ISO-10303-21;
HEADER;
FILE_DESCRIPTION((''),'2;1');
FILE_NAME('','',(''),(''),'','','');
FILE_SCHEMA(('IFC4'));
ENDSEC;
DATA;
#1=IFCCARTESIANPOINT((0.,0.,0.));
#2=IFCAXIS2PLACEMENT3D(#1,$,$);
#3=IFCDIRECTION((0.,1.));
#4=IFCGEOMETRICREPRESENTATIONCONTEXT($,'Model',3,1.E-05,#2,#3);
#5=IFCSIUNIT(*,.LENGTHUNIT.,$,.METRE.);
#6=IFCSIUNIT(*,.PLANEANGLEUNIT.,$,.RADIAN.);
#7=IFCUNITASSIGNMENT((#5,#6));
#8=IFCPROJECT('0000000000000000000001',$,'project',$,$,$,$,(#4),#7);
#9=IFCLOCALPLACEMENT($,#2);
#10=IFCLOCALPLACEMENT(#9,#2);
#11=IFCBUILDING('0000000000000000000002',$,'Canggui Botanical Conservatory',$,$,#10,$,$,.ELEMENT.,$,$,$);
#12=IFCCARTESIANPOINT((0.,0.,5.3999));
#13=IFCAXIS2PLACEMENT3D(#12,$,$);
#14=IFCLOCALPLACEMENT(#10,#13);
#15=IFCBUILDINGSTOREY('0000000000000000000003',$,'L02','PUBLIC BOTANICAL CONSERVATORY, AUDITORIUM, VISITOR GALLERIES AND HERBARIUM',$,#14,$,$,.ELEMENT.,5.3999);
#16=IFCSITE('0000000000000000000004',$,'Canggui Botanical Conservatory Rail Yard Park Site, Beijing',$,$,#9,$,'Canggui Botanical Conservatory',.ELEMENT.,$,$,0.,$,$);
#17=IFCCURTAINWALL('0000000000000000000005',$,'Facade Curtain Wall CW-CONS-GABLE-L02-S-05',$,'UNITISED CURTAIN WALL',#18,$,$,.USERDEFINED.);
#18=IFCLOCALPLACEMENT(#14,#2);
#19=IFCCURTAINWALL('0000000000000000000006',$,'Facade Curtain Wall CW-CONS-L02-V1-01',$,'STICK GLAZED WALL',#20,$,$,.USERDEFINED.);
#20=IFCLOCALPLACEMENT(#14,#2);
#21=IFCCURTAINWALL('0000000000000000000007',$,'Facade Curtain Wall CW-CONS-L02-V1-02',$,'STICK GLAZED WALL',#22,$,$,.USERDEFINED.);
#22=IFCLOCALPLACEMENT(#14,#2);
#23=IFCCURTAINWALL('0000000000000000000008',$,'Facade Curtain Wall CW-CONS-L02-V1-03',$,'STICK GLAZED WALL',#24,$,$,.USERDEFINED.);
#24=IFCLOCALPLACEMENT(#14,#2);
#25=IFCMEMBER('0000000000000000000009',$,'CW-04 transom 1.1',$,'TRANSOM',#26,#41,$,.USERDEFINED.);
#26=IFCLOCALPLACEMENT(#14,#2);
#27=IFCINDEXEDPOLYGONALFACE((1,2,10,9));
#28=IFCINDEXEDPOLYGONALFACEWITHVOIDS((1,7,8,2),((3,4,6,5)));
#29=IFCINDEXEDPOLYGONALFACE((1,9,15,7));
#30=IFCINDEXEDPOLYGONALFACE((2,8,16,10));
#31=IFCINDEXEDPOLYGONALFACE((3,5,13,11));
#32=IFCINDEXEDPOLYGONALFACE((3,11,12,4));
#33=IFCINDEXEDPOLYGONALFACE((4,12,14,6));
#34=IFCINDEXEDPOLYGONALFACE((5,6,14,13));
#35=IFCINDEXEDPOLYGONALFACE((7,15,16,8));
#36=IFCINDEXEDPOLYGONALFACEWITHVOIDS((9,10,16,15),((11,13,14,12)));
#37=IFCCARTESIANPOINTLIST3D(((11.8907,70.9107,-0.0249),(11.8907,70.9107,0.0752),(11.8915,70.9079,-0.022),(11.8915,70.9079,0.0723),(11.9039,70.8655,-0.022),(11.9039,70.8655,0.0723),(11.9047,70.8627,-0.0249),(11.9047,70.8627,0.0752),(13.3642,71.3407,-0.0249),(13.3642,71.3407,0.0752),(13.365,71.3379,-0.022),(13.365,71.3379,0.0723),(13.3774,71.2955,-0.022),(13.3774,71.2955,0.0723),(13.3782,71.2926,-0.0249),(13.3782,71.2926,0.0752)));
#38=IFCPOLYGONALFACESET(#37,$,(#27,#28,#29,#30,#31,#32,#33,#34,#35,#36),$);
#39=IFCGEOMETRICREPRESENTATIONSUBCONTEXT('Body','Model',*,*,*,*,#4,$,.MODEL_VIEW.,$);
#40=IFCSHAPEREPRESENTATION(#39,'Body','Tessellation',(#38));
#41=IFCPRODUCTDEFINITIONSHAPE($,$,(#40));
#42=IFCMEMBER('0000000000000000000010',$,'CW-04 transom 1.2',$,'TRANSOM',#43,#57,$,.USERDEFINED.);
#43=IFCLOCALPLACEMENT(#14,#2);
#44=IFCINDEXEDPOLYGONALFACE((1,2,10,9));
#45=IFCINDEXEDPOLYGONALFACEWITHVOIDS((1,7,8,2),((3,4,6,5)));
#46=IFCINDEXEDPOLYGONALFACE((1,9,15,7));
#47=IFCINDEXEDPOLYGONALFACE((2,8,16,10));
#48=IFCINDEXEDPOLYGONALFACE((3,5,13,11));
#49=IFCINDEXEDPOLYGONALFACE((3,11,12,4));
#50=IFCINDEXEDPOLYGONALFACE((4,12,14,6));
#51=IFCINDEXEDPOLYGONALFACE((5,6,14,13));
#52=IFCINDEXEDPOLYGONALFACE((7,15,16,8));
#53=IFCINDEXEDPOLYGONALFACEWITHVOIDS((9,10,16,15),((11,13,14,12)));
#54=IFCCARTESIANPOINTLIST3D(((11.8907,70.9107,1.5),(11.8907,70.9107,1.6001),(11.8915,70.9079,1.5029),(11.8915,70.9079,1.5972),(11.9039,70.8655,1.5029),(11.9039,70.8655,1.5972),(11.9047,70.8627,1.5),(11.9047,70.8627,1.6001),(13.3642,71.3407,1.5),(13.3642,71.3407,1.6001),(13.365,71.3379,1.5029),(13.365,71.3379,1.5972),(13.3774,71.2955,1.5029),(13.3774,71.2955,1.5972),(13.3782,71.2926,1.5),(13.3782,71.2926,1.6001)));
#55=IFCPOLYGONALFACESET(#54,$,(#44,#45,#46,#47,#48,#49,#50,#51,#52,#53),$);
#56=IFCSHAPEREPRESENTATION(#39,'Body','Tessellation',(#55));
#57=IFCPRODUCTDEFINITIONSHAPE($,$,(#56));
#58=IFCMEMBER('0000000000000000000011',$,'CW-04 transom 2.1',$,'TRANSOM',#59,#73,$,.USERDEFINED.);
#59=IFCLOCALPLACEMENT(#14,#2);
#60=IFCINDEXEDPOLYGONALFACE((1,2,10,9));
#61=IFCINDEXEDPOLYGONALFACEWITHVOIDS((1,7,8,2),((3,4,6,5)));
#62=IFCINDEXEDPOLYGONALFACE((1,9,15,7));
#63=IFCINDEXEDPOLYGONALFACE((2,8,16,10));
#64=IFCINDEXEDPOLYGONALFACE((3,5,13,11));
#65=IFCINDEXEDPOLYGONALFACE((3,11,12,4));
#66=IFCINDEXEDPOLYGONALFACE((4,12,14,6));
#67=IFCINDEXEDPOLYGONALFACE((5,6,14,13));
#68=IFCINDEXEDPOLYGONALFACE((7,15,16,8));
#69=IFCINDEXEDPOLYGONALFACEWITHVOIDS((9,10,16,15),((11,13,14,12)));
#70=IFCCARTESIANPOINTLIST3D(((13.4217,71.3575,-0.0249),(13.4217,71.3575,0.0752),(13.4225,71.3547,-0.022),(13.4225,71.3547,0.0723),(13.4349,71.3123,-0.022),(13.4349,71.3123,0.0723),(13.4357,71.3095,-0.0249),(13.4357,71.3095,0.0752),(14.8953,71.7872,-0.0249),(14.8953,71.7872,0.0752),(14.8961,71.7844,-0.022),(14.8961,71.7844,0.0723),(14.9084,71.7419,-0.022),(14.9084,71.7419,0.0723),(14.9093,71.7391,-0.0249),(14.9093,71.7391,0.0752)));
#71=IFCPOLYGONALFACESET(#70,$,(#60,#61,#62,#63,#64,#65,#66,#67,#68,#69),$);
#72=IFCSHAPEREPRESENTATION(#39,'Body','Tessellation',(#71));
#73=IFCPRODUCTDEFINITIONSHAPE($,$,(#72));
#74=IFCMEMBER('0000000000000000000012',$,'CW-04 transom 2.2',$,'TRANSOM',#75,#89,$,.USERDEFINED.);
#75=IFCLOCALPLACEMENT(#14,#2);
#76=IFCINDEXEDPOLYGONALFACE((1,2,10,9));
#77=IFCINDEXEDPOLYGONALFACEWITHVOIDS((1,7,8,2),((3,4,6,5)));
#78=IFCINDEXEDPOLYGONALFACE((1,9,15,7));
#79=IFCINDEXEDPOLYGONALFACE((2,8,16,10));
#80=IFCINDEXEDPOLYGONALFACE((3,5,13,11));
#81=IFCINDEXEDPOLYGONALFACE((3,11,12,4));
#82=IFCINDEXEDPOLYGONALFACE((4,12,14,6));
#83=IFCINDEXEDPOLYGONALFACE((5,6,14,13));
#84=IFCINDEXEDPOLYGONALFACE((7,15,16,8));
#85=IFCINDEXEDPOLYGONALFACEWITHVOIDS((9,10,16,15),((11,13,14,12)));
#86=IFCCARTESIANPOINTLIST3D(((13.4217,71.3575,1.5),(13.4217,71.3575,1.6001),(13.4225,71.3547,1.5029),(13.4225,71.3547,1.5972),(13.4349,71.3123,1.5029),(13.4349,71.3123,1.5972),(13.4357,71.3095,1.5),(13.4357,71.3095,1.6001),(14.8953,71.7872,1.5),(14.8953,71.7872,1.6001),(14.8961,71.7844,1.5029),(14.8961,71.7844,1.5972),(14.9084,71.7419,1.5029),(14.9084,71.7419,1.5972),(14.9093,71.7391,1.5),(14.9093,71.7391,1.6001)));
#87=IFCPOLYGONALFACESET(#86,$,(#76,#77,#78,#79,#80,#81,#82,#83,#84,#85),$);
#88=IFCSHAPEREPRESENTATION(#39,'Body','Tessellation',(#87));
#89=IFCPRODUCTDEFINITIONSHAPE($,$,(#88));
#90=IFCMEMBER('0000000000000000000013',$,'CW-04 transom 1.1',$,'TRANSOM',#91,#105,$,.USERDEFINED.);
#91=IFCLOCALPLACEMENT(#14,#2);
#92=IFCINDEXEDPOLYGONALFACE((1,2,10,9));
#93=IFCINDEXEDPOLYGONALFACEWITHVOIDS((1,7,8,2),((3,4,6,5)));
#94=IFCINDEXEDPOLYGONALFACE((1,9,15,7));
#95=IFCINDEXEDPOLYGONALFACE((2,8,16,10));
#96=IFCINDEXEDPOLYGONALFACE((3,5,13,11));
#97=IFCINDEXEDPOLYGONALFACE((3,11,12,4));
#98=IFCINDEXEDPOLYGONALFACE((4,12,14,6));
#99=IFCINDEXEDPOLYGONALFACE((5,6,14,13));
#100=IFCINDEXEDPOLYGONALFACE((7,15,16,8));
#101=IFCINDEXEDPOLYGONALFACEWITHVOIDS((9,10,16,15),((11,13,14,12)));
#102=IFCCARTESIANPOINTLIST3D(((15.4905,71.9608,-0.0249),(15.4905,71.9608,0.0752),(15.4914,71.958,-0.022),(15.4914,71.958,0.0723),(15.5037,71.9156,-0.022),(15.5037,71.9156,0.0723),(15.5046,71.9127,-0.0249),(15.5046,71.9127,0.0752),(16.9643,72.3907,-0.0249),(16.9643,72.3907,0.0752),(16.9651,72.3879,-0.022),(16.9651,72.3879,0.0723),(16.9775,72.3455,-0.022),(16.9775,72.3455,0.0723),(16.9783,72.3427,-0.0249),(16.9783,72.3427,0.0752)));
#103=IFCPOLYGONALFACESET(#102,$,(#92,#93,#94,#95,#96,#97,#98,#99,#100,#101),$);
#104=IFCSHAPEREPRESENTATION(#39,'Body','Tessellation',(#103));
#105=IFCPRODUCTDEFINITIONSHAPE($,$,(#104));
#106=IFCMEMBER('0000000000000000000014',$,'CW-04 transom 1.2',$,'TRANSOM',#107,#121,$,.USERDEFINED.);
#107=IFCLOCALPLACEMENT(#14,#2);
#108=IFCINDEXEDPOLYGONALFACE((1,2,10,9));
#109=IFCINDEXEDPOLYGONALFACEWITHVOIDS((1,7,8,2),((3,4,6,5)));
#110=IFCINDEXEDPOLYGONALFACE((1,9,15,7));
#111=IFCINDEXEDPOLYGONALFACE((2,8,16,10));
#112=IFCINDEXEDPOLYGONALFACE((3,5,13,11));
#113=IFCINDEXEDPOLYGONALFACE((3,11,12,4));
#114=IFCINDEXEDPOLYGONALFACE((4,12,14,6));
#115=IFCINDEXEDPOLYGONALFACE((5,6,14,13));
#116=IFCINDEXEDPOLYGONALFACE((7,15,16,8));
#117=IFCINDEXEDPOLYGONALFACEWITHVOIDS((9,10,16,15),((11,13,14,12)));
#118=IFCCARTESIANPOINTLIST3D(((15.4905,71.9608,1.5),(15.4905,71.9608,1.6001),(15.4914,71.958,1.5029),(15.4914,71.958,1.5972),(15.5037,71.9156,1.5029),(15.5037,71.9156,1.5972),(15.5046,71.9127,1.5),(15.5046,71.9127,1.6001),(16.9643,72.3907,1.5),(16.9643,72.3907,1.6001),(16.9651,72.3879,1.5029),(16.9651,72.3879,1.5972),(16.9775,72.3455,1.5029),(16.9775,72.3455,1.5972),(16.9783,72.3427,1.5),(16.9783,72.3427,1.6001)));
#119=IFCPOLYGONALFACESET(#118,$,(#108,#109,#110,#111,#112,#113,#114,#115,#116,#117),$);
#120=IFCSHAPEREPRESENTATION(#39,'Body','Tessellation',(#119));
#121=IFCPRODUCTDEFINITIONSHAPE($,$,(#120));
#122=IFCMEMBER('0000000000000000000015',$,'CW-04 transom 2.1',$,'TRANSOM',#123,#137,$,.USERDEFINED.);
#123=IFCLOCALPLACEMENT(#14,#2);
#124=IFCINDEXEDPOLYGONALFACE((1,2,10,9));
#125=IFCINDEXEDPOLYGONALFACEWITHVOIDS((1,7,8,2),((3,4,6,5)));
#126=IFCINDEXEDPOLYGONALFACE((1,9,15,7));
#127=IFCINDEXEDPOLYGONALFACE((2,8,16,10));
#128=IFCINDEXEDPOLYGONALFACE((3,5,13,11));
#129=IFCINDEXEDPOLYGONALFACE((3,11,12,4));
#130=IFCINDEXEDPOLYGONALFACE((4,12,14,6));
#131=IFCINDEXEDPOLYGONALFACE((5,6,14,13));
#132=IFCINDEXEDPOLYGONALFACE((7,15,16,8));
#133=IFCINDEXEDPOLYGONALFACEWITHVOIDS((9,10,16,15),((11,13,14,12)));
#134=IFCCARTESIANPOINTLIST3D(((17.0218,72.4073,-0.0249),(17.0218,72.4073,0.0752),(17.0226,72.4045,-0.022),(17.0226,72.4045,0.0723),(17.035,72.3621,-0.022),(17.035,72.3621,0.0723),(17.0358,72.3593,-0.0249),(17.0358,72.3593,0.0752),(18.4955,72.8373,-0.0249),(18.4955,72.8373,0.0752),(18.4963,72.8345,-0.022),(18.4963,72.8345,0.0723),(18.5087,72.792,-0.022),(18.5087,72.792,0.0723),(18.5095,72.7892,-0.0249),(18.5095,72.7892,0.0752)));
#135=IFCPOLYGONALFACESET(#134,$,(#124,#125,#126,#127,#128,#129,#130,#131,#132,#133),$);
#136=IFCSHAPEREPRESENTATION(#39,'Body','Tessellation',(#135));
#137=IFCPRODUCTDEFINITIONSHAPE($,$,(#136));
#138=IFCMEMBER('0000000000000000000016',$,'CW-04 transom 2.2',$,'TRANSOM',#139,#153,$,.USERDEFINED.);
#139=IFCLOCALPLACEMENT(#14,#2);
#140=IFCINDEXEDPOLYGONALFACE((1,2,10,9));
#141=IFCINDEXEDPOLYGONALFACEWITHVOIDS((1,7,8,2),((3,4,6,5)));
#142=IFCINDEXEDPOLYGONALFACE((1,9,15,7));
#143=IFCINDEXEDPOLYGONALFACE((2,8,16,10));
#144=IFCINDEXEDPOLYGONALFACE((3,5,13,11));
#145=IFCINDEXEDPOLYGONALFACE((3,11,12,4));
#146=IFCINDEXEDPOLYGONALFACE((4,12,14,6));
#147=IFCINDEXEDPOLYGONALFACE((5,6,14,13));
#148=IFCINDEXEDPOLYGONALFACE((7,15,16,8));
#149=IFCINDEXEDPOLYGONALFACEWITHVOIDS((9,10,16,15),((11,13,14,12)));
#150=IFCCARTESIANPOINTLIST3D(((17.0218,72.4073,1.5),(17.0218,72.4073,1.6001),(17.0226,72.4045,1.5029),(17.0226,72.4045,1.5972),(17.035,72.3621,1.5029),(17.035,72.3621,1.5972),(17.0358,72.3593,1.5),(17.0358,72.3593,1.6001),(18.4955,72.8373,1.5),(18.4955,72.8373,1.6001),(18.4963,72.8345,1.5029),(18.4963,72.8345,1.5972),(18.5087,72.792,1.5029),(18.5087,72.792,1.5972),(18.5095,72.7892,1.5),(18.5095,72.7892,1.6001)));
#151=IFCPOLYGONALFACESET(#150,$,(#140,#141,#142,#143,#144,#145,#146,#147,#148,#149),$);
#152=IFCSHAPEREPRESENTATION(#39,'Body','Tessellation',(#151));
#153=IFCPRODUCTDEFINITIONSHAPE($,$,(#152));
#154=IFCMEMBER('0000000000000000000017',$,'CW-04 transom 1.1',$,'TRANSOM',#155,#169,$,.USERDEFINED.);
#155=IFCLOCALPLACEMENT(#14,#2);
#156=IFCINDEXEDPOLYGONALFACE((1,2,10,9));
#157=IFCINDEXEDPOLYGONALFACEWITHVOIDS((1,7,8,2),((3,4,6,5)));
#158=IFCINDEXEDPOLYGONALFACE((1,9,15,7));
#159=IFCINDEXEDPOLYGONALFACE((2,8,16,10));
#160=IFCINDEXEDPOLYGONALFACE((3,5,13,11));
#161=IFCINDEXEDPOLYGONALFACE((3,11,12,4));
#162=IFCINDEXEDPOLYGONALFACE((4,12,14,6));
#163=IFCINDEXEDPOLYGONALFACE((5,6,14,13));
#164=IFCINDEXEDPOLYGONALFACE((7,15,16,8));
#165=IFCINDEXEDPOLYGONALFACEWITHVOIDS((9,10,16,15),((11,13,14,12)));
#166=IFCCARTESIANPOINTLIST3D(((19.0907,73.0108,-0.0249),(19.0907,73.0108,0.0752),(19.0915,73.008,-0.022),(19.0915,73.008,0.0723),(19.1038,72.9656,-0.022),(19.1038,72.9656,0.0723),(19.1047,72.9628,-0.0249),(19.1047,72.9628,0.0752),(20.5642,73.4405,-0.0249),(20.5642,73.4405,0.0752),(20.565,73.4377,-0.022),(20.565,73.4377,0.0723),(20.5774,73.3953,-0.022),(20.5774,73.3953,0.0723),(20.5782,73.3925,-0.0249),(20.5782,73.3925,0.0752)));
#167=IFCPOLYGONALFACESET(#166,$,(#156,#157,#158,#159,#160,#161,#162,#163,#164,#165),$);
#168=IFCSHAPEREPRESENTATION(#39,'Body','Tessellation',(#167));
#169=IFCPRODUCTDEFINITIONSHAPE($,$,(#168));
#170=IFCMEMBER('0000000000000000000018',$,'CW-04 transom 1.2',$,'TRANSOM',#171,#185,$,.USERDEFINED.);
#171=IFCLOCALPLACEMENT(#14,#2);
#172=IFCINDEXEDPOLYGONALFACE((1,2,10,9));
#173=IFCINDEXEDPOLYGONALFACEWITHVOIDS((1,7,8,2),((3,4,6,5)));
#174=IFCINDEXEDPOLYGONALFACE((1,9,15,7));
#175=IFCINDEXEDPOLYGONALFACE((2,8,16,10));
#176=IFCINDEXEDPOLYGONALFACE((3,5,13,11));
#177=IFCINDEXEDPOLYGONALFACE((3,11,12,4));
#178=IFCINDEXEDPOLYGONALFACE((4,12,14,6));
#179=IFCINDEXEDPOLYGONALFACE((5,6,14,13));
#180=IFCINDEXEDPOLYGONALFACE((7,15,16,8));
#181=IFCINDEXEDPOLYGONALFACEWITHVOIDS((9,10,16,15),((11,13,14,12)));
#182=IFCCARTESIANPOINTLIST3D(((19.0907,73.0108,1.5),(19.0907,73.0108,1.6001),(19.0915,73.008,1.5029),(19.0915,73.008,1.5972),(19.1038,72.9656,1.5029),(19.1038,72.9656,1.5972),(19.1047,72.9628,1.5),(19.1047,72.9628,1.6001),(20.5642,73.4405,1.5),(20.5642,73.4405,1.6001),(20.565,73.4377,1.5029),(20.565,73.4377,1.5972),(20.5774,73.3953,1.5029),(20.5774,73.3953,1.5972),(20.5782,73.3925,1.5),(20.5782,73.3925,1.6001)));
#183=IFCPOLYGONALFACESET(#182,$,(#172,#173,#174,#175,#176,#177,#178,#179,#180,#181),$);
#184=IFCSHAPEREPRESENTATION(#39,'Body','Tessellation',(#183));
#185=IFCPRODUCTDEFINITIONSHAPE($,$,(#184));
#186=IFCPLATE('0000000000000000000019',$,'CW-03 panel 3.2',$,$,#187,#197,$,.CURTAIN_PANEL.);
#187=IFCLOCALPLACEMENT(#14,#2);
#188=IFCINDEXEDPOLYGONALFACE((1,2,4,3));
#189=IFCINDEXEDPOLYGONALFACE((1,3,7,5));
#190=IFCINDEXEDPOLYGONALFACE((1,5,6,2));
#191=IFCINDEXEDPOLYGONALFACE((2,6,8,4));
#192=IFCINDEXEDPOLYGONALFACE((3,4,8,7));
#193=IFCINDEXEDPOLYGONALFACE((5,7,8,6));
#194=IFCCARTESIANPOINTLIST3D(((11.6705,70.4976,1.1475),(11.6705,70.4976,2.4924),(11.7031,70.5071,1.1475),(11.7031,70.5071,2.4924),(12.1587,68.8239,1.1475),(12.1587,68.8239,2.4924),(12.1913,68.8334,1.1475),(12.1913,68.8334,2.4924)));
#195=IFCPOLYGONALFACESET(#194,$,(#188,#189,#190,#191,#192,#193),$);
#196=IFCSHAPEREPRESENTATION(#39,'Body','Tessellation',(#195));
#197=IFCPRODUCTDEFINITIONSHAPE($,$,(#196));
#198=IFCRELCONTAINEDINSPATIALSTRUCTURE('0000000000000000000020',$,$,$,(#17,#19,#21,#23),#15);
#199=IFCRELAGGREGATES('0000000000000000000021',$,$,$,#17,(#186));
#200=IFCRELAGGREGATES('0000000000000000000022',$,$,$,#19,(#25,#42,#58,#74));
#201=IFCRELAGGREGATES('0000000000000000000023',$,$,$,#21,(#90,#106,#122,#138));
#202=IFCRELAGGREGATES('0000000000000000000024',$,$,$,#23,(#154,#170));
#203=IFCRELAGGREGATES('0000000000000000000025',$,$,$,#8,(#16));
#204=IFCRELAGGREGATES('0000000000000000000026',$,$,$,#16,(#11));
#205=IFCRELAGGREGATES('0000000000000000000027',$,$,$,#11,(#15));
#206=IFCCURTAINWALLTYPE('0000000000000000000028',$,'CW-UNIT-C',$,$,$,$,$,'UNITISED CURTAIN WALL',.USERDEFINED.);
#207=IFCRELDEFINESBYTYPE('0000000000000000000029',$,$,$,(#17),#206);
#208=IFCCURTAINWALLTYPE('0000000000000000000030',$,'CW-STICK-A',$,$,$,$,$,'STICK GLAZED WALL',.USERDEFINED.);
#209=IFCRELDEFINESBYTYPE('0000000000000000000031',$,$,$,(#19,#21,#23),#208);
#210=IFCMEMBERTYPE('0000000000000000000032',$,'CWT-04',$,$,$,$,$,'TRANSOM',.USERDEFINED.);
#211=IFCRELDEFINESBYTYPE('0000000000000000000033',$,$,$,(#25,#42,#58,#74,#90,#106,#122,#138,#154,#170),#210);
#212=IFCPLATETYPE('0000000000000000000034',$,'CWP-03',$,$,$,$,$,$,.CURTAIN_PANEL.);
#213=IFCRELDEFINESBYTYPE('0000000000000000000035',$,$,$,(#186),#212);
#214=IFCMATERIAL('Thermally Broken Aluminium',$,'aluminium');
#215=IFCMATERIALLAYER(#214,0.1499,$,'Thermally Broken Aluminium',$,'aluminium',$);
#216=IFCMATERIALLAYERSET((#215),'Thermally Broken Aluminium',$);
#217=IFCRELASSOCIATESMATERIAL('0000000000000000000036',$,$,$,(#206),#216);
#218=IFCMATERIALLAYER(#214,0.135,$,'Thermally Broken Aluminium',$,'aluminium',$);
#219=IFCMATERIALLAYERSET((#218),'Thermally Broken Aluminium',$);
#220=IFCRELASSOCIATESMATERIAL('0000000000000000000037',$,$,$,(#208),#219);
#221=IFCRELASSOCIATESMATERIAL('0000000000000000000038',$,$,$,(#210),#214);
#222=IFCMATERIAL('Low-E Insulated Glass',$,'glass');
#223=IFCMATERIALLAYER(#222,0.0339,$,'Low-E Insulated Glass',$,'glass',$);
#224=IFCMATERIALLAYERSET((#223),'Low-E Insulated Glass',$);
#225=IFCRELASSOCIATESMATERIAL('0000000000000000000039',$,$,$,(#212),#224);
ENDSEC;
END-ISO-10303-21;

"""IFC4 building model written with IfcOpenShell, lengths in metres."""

from ifc_helpers import new_model, si_unit, direction, frame, origin, origin_2d, place, context, subcontext, project, spatial, rectangle, hollow_rectangle, extrude, material, layer, layer_set, material_profile, profile_set, type_object, element, aggregate, save


model = new_model("IFC4")

# Units and contexts
model_context = context("Model", 3, precision=1e-05, world=origin(), true_north=direction((0.0, 1.0)))
body_context = subcontext(model_context, "Body", "Model", "MODEL_VIEW")
ifc_project = project(units=[si_unit("LENGTHUNIT", "METRE"), si_unit("PLANEANGLEUNIT", "RADIAN")], contexts=[model_context])

# Site, building, storey
site_placement = place(None, origin())
site = spatial("IfcSite", under=ifc_project, at=site_placement, Name="Canggui Botanical Conservatory Rail Yard Park Site, Beijing", LongName="Canggui Botanical Conservatory", CompositionType="ELEMENT", RefElevation=0.0)
building_placement = place(site_placement, origin())
building = spatial("IfcBuilding", under=site, at=building_placement, Name="Canggui Botanical Conservatory", CompositionType="ELEMENT")
storey_placement = place(building_placement, frame((0.0, 0.0, 5.3999)))
storey = spatial("IfcBuildingStorey", under=building, at=storey_placement, Name="L02", Description="PUBLIC BOTANICAL CONSERVATORY, AUDITORIUM, VISITOR GALLERIES AND HERBARIUM", CompositionType="ELEMENT", Elevation=5.3999)

# Curtain wall
ifc_material_1 = material(Name="Thermally Broken Aluminium", Category="aluminium")
ifc_layer_1 = layer(ifc_material_1, 0.1499, Name="Thermally Broken Aluminium", Category="aluminium")
ifc_layer_set_1 = layer_set([ifc_layer_1], Name="Thermally Broken Aluminium")
curtain_wall_type_1 = type_object("IfcCurtainWallType", Name="CW-UNIT-C", ElementType="UNITISED CURTAIN WALL", PredefinedType="USERDEFINED", material=ifc_layer_set_1)
curtain_wall_1_placement = place(storey_placement, origin())
curtain_wall_1 = element("IfcCurtainWall", 1, at=curtain_wall_1_placement, inside=storey, type_object=curtain_wall_type_1, Name="Facade Curtain Wall CW-CONS-GABLE-L02-S-05", ObjectType="UNITISED CURTAIN WALL", PredefinedType="USERDEFINED")

# Curtain walls
ifc_layer_2 = layer(ifc_material_1, 0.135, Name="Thermally Broken Aluminium", Category="aluminium")
ifc_layer_set_2 = layer_set([ifc_layer_2], Name="Thermally Broken Aluminium")
curtain_wall_type_2 = type_object("IfcCurtainWallType", Name="CW-STICK-A", ElementType="STICK GLAZED WALL", PredefinedType="USERDEFINED", material=ifc_layer_set_2)
curtain_wall_2_placement = place(storey_placement, origin())
curtain_wall_2 = element("IfcCurtainWall", 2, at=curtain_wall_2_placement, inside=storey, type_object=curtain_wall_type_2, Name="Facade Curtain Wall CW-CONS-L02-V1-01", ObjectType="STICK GLAZED WALL", PredefinedType="USERDEFINED")
curtain_wall_3_placement = place(storey_placement, origin())
curtain_wall_3 = element("IfcCurtainWall", 3, at=curtain_wall_3_placement, inside=storey, type_object=curtain_wall_type_2, Name="Facade Curtain Wall CW-CONS-L02-V1-02", ObjectType="STICK GLAZED WALL", PredefinedType="USERDEFINED")

# Curtain wall
curtain_wall_4_placement = place(storey_placement, origin())
curtain_wall_4 = element("IfcCurtainWall", 4, at=curtain_wall_4_placement, inside=storey, type_object=curtain_wall_type_2, Name="Facade Curtain Wall CW-CONS-L02-V1-03", ObjectType="STICK GLAZED WALL", PredefinedType="USERDEFINED")

# Members
ifc_material_profile_1 = material_profile(ifc_material_1, hollow_rectangle(XDim=0.05, YDim=0.1001, WallThickness=0.0029, at=origin_2d()), Name="CWT 50x100x3")
ifc_profile_set_1 = profile_set([ifc_material_profile_1], Name="Thermally Broken Aluminium")
member_type_1 = type_object("IfcMemberType", Name="CWT-04", ElementType="TRANSOM", PredefinedType="USERDEFINED", material=ifc_profile_set_1)
member_1_placement = place(storey_placement, frame((11.8977, 70.8867, 0.0251), z_axis=(0.959966, 0.280116, 0.0), x_axis=(-0.280116, 0.959966, 0.0)))
member_1 = element("IfcMember", 5, at=member_1_placement, type_object=member_type_1, Name="CW-04 transom 1.1", ObjectType="TRANSOM", PredefinedType="USERDEFINED", context=body_context, shape_type="SweptSolid", body=[
    extrude(hollow_rectangle(XDim=0.05, YDim=0.1001, WallThickness=0.0029, at=origin_2d()), origin(), (0.0, 0.0, 1.0), 1.5349),
])
member_2_placement = place(storey_placement, frame((11.8977, 70.8867, 1.55), z_axis=(0.959966, 0.280116, 0.0), x_axis=(-0.280116, 0.959966, 0.0)))
member_2 = element("IfcMember", 6, at=member_2_placement, type_object=member_type_1, Name="CW-04 transom 1.2", ObjectType="TRANSOM", PredefinedType="USERDEFINED", context=body_context, shape_type="SweptSolid", body=[
    extrude(hollow_rectangle(XDim=0.05, YDim=0.1001, WallThickness=0.0029, at=origin_2d()), origin(), (0.0, 0.0, 1.0), 1.5349),
])
member_3_placement = place(storey_placement, frame((13.4287, 71.3335, 0.0251), z_axis=(0.960021, 0.279927, 0.0), x_axis=(-0.279927, 0.960021, 0.0)))
member_3 = element("IfcMember", 7, at=member_3_placement, type_object=member_type_1, Name="CW-04 transom 2.1", ObjectType="TRANSOM", PredefinedType="USERDEFINED", context=body_context, shape_type="SweptSolid", body=[
    extrude(hollow_rectangle(XDim=0.05, YDim=0.1001, WallThickness=0.0029, at=origin_2d()), origin(), (0.0, 0.0, 1.0), 1.5349),
])
member_4_placement = place(storey_placement, frame((13.4287, 71.3335, 1.55), z_axis=(0.960021, 0.279927, 0.0), x_axis=(-0.279927, 0.960021, 0.0)))
member_4 = element("IfcMember", 8, at=member_4_placement, type_object=member_type_1, Name="CW-04 transom 2.2", ObjectType="TRANSOM", PredefinedType="USERDEFINED", context=body_context, shape_type="SweptSolid", body=[
    extrude(hollow_rectangle(XDim=0.05, YDim=0.1001, WallThickness=0.0029, at=origin_2d()), origin(), (0.0, 0.0, 1.0), 1.5349),
])
member_5_placement = place(storey_placement, frame((15.4976, 71.9368, 0.0251), z_axis=(0.959979, 0.280073, 0.0), x_axis=(-0.280073, 0.959979, 0.0)))
member_5 = element("IfcMember", 9, at=member_5_placement, type_object=member_type_1, Name="CW-04 transom 1.1", ObjectType="TRANSOM", PredefinedType="USERDEFINED", context=body_context, shape_type="SweptSolid", body=[
    extrude(hollow_rectangle(XDim=0.05, YDim=0.1001, WallThickness=0.0029, at=origin_2d()), origin(), (0.0, 0.0, 1.0), 1.5352),
])
member_6_placement = place(storey_placement, frame((15.4976, 71.9368, 1.55), z_axis=(0.959979, 0.280073, 0.0), x_axis=(-0.280073, 0.959979, 0.0)))
member_6 = element("IfcMember", 10, at=member_6_placement, type_object=member_type_1, Name="CW-04 transom 1.2", ObjectType="TRANSOM", PredefinedType="USERDEFINED", context=body_context, shape_type="SweptSolid", body=[
    extrude(hollow_rectangle(XDim=0.05, YDim=0.1001, WallThickness=0.0029, at=origin_2d()), origin(), (0.0, 0.0, 1.0), 1.5352),
])
member_7_placement = place(storey_placement, frame((17.0288, 72.3833, 0.0251), z_axis=(0.959979, 0.280073, 0.0), x_axis=(-0.280073, 0.959979, 0.0)))
member_7 = element("IfcMember", 11, at=member_7_placement, type_object=member_type_1, Name="CW-04 transom 2.1", ObjectType="TRANSOM", PredefinedType="USERDEFINED", context=body_context, shape_type="SweptSolid", body=[
    extrude(hollow_rectangle(XDim=0.05, YDim=0.1001, WallThickness=0.0029, at=origin_2d()), origin(), (0.0, 0.0, 1.0), 1.5352),
])
member_8_placement = place(storey_placement, frame((17.0288, 72.3833, 1.55), z_axis=(0.959979, 0.280073, 0.0), x_axis=(-0.280073, 0.959979, 0.0)))
member_8 = element("IfcMember", 12, at=member_8_placement, type_object=member_type_1, Name="CW-04 transom 2.2", ObjectType="TRANSOM", PredefinedType="USERDEFINED", context=body_context, shape_type="SweptSolid", body=[
    extrude(hollow_rectangle(XDim=0.05, YDim=0.1001, WallThickness=0.0029, at=origin_2d()), origin(), (0.0, 0.0, 1.0), 1.5352),
])
member_9_placement = place(storey_placement, frame((19.0977, 72.9868, 0.0251), z_axis=(0.960021, 0.279927, 0.0), x_axis=(-0.279927, 0.960021, 0.0)))
member_9 = element("IfcMember", 13, at=member_9_placement, type_object=member_type_1, Name="CW-04 transom 1.1", ObjectType="TRANSOM", PredefinedType="USERDEFINED", context=body_context, shape_type="SweptSolid", body=[
    extrude(hollow_rectangle(XDim=0.05, YDim=0.1001, WallThickness=0.0029, at=origin_2d()), origin(), (0.0, 0.0, 1.0), 1.5349),
])
member_10_placement = place(storey_placement, frame((19.0977, 72.9868, 1.55), z_axis=(0.960021, 0.279927, 0.0), x_axis=(-0.279927, 0.960021, 0.0)))
member_10 = element("IfcMember", 14, at=member_10_placement, type_object=member_type_1, Name="CW-04 transom 1.2", ObjectType="TRANSOM", PredefinedType="USERDEFINED", context=body_context, shape_type="SweptSolid", body=[
    extrude(hollow_rectangle(XDim=0.05, YDim=0.1001, WallThickness=0.0029, at=origin_2d()), origin(), (0.0, 0.0, 1.0), 1.5349),
])

# Plate
ifc_material_2 = material(Name="Low-E Insulated Glass", Category="glass")
ifc_layer_3 = layer(ifc_material_2, 0.0339, Name="Low-E Insulated Glass", Category="glass")
ifc_layer_set_3 = layer_set([ifc_layer_3], Name="Low-E Insulated Glass")
plate_type_1 = type_object("IfcPlateType", Name="CWP-03", PredefinedType="CURTAIN_PANEL", material=ifc_layer_set_3)
plate_1_placement = place(storey_placement, frame((11.9309, 69.6655, 1.1475), z_axis=(0.0, 0.0, 1.0), x_axis=(-0.28, 0.96, 0.0)))
plate_1 = element("IfcPlate", 15, at=plate_1_placement, type_object=plate_type_1, Name="CW-03 panel 3.2", PredefinedType="CURTAIN_PANEL", context=body_context, shape_type="SweptSolid", body=[
    extrude(rectangle(XDim=1.7434, YDim=0.0339, at=origin_2d()), origin(), (0.0, 0.0, 1.0), 1.345),
])
aggregate(curtain_wall_1, [plate_1])
aggregate(curtain_wall_2, [member_1, member_2, member_3, member_4])
aggregate(curtain_wall_3, [member_5, member_6, member_7, member_8])
aggregate(curtain_wall_4, [member_9, member_10])

save(model, "model.ifc")
